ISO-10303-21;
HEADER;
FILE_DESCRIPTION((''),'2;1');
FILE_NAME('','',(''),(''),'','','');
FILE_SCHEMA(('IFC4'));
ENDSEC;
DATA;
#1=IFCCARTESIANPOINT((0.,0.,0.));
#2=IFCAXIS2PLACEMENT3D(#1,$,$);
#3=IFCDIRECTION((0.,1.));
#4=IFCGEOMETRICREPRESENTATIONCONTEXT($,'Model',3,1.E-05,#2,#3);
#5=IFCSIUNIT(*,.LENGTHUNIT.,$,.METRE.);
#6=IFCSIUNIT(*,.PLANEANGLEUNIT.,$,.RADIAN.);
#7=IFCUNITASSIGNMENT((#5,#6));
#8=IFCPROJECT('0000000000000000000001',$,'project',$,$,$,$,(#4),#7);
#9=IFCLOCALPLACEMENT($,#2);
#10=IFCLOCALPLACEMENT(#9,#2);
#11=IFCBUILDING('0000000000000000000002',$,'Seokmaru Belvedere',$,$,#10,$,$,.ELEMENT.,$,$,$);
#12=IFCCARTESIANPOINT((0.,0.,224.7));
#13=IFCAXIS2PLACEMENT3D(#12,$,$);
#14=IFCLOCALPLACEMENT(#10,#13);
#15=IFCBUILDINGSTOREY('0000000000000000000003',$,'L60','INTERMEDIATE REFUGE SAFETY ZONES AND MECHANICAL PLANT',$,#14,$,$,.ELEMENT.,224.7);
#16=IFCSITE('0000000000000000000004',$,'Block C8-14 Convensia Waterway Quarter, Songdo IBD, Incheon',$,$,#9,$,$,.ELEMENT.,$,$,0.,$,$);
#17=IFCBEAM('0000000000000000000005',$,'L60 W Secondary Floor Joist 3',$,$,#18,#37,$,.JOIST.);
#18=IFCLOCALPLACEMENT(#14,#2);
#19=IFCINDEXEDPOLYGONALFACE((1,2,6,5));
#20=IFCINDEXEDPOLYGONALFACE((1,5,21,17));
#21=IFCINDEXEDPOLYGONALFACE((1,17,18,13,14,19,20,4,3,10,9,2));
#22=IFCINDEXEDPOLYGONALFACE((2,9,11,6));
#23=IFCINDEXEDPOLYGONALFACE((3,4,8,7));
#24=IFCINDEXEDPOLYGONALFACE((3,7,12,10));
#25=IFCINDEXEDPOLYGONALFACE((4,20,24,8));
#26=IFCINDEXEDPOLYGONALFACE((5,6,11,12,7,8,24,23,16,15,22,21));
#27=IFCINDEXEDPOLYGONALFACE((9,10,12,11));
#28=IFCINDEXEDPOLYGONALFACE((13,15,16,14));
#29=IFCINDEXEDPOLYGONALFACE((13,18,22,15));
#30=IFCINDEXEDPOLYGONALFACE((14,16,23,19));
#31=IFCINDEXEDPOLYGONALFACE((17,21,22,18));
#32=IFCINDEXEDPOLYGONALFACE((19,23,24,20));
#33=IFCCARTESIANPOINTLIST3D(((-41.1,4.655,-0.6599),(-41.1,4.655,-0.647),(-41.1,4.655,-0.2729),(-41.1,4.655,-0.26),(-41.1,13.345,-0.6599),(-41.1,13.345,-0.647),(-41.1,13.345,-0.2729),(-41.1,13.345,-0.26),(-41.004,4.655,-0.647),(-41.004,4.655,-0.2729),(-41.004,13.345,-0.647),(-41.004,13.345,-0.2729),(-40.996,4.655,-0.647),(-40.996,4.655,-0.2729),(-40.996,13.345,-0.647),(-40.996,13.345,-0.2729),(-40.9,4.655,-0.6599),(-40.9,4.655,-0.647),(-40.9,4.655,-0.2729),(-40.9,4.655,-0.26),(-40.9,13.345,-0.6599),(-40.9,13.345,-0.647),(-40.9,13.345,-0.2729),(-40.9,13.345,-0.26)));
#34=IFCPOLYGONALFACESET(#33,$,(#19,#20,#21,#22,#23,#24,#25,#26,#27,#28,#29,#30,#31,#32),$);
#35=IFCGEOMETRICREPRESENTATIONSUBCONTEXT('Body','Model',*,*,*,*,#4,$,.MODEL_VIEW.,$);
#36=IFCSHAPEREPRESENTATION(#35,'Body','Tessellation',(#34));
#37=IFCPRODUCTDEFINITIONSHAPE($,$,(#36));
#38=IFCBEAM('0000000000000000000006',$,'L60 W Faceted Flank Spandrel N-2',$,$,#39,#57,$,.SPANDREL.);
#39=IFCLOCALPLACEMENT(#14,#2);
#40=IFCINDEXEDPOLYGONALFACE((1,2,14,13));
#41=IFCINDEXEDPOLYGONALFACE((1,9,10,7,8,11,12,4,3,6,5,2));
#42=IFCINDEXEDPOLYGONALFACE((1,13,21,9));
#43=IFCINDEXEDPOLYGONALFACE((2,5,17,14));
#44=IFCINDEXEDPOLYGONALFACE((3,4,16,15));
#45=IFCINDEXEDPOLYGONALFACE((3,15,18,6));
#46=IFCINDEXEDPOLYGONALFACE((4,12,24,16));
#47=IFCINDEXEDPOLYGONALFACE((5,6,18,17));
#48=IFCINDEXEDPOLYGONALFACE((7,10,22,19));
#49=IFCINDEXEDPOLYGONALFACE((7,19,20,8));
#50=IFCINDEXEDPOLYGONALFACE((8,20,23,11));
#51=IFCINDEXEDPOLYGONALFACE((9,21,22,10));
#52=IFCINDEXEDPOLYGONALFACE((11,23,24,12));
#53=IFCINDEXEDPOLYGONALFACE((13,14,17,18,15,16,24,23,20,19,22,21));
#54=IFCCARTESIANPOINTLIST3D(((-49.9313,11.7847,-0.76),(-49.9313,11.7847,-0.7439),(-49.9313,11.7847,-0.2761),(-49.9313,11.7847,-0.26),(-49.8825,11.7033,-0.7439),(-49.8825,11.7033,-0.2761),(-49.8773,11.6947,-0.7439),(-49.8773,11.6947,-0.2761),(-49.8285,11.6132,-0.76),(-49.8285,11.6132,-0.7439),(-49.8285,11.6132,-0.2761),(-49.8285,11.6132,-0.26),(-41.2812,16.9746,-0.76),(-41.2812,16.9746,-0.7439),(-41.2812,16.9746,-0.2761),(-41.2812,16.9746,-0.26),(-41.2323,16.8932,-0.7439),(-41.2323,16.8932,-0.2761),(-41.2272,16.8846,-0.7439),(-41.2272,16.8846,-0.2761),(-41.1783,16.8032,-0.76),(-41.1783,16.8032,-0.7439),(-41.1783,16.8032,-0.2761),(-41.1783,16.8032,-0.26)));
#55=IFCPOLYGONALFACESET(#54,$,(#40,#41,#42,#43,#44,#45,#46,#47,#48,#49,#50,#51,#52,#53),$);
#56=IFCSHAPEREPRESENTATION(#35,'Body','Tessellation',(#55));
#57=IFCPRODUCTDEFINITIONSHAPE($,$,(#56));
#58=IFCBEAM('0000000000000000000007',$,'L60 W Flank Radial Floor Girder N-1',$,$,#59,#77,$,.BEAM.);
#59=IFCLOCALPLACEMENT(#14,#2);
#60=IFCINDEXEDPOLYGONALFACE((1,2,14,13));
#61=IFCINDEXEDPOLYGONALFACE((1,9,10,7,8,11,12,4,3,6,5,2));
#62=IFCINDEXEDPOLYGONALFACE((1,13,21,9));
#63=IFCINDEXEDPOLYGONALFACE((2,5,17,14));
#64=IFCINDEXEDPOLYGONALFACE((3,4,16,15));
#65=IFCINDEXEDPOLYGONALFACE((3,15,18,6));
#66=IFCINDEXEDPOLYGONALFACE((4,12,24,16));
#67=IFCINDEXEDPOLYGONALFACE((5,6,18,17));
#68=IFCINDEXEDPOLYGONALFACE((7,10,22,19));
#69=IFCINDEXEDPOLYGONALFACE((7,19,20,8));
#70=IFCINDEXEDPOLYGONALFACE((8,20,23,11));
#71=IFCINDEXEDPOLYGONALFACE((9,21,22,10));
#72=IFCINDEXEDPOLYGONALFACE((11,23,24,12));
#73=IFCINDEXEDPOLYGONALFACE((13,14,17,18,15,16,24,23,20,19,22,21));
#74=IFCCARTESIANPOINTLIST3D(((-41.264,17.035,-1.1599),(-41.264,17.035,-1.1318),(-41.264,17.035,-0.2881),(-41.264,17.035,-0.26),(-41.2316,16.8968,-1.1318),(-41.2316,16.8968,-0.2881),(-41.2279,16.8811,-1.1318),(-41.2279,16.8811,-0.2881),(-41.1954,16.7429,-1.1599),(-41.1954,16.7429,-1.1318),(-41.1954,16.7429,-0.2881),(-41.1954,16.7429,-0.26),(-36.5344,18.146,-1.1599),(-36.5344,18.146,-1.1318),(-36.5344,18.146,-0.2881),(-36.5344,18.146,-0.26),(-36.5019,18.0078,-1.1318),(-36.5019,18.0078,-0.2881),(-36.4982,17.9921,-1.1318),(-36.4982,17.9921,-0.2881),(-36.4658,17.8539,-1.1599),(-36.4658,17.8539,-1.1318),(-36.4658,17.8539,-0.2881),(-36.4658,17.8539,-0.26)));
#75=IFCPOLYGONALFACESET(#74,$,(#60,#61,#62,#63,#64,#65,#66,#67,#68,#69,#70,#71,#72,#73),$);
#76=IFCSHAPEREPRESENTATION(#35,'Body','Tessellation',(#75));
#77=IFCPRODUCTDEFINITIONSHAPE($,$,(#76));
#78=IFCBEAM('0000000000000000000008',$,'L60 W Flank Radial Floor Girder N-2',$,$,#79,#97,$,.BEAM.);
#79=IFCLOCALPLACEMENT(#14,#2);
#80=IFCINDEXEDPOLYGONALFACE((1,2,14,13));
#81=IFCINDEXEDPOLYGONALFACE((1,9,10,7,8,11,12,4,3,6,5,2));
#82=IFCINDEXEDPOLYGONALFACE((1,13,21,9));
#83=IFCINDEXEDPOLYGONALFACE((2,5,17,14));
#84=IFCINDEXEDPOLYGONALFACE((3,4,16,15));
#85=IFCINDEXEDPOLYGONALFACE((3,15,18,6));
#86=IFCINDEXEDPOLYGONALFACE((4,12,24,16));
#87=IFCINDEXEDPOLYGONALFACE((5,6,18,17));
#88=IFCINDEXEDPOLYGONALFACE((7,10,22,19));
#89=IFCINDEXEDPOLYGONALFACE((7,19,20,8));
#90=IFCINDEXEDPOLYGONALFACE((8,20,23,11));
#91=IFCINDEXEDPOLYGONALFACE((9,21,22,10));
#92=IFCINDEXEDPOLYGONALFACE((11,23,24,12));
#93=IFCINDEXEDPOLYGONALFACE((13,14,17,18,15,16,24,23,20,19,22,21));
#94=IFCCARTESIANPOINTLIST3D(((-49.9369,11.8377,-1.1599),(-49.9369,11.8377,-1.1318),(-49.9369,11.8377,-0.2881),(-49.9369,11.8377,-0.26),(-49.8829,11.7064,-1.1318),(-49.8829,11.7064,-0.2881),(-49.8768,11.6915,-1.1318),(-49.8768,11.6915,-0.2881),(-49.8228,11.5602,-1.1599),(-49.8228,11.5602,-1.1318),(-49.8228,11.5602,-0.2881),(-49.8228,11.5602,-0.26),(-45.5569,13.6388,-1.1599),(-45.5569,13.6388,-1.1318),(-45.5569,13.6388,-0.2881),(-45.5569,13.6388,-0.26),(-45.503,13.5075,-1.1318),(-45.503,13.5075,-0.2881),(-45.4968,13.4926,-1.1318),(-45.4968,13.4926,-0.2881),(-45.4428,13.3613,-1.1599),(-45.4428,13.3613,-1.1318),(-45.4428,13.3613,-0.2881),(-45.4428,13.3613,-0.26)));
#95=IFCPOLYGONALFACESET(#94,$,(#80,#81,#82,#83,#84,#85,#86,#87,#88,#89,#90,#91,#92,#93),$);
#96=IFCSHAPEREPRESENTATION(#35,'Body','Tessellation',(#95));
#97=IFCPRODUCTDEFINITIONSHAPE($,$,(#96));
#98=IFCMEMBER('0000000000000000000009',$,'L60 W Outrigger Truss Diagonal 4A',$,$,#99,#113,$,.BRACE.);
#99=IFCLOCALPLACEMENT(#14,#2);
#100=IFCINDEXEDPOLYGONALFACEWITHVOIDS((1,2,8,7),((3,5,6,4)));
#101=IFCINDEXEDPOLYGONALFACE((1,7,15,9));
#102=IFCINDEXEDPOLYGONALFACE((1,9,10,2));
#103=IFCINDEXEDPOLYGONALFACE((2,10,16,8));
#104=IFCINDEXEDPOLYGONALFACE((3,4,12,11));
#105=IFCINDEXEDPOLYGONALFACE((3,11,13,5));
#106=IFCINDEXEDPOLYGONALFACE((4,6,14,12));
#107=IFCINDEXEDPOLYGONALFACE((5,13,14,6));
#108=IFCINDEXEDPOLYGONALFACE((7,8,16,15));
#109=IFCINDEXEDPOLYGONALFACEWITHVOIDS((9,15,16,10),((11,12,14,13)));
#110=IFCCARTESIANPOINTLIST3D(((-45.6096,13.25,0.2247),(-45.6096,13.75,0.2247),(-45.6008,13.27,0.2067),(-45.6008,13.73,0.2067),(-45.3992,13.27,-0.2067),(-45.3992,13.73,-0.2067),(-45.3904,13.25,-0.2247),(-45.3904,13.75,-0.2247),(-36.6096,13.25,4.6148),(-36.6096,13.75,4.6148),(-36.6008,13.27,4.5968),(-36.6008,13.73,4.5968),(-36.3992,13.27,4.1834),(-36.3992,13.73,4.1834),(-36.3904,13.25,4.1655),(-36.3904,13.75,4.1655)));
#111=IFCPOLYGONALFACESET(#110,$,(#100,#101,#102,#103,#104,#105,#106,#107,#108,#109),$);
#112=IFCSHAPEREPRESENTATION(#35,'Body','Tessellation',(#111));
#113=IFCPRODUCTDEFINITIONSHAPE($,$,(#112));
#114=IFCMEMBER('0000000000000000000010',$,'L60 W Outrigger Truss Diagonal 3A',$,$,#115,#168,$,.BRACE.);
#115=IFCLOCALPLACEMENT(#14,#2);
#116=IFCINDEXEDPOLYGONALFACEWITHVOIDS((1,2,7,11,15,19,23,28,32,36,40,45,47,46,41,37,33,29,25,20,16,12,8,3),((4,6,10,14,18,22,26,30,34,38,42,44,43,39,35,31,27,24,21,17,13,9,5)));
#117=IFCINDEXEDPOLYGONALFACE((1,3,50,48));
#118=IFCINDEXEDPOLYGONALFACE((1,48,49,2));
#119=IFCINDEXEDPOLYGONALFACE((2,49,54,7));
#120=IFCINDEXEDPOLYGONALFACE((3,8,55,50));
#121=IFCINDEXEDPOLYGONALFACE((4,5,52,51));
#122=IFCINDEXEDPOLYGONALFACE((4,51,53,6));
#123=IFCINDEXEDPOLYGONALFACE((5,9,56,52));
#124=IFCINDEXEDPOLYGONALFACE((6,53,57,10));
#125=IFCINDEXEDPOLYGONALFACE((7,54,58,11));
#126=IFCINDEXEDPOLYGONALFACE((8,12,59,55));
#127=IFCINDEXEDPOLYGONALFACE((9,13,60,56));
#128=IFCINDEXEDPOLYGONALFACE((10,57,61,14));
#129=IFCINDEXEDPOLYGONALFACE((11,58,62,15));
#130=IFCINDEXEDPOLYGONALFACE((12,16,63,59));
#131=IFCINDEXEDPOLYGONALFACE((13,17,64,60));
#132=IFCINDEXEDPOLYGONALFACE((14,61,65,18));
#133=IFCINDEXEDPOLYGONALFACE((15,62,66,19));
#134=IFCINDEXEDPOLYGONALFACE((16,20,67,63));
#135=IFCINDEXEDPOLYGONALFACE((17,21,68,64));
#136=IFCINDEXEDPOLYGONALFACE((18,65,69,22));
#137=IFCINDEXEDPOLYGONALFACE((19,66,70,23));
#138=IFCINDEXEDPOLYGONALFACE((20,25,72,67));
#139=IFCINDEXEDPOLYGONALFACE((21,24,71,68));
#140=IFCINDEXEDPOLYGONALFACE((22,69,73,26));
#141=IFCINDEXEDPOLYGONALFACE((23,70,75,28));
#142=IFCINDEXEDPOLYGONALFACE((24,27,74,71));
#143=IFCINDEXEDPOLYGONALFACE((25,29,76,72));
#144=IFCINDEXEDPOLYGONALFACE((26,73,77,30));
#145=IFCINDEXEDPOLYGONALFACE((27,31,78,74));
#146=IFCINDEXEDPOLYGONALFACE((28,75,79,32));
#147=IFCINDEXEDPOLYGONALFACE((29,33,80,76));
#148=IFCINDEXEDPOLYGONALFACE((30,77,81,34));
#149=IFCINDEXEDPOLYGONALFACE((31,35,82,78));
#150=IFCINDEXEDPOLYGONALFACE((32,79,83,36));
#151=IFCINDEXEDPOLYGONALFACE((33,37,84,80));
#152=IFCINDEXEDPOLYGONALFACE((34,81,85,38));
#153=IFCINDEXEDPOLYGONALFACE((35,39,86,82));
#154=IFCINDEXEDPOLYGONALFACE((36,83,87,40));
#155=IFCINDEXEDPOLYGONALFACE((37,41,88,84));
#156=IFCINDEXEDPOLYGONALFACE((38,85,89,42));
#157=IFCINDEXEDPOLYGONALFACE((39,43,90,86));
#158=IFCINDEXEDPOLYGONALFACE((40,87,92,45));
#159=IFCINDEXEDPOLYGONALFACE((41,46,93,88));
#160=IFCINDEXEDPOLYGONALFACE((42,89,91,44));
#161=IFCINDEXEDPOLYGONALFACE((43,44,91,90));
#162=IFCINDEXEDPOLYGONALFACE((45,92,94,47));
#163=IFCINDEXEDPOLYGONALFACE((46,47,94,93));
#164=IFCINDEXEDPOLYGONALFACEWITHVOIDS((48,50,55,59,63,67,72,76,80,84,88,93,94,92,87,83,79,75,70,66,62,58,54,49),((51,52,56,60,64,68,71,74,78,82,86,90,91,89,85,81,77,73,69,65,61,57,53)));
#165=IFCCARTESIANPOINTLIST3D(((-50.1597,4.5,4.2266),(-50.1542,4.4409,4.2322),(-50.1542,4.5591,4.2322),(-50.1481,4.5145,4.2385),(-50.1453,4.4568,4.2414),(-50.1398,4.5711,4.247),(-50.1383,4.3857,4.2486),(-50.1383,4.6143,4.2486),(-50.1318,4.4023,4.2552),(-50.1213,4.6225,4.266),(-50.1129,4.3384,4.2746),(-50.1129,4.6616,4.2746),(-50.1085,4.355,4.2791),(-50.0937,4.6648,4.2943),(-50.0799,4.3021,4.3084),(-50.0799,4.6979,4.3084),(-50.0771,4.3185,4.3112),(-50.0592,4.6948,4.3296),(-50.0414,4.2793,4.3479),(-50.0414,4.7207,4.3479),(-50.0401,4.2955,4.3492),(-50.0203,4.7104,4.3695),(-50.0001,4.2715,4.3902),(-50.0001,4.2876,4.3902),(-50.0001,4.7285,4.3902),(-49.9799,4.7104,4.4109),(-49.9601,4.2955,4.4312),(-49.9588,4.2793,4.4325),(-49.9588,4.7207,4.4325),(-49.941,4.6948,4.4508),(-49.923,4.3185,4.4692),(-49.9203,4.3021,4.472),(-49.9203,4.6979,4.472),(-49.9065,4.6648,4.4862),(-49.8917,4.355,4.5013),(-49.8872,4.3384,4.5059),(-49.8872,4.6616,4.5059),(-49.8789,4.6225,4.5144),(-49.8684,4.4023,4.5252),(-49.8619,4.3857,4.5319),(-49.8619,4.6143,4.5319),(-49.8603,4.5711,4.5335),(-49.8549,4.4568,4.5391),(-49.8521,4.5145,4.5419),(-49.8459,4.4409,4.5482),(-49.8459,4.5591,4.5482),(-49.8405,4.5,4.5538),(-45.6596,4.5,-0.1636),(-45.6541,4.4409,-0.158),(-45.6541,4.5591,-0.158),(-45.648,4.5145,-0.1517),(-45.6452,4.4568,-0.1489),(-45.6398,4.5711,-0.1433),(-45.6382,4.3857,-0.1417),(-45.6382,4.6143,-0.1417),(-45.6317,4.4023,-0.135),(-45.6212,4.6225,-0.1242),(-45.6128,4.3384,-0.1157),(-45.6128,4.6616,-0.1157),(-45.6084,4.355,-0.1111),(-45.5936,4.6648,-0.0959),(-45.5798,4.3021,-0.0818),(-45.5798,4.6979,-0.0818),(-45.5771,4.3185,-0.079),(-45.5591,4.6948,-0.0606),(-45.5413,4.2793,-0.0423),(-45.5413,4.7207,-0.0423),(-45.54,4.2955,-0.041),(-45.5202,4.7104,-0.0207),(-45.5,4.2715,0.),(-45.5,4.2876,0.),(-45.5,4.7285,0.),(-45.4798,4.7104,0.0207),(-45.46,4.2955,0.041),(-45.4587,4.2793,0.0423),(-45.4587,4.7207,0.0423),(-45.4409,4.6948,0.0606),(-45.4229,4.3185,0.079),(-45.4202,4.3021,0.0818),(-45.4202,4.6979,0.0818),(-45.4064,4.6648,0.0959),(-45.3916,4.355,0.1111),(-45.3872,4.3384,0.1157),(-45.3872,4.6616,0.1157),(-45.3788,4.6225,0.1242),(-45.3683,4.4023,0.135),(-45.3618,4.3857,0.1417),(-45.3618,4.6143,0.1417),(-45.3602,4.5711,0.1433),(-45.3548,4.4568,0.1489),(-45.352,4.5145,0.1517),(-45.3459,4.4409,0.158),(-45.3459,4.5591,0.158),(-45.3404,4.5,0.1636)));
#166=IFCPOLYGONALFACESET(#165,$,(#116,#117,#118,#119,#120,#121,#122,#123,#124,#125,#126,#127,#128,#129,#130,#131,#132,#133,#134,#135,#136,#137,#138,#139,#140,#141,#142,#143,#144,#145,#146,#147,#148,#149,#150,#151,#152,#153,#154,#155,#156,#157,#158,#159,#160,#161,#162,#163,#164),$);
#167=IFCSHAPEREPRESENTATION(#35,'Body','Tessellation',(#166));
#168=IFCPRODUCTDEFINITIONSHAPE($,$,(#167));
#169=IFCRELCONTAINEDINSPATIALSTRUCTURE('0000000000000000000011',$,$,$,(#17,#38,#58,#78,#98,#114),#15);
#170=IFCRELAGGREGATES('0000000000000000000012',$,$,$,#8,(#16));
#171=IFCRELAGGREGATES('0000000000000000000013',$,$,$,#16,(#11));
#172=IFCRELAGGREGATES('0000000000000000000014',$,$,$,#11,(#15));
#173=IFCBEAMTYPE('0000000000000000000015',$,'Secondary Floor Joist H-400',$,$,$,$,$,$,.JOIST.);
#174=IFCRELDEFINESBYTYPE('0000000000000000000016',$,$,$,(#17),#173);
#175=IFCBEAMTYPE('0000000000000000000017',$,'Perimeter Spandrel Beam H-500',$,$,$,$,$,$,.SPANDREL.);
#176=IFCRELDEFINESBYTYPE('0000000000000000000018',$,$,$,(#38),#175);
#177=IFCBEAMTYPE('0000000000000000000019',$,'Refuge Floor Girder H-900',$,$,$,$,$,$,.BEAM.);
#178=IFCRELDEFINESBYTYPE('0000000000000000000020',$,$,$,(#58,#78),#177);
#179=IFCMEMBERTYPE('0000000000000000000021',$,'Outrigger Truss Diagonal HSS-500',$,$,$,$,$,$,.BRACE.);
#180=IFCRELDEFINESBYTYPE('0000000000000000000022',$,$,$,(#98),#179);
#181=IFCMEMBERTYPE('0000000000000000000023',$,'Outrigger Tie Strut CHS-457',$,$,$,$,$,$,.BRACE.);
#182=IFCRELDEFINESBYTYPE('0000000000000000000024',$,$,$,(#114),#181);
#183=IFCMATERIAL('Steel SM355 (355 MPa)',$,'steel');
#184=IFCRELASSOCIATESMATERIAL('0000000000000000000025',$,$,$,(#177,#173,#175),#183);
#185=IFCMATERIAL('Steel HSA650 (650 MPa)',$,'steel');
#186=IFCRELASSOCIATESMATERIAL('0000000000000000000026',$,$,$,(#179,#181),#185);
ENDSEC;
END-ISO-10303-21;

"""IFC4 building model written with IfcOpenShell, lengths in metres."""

from ifc_helpers import new_model, si_unit, direction, frame, origin, origin_2d, place, context, subcontext, project, spatial, hollow_rectangle, hollow_circle, i_section, extrude, source, transform, mapped, material, material_profile, profile_set, type_object, type_shapes, element, save


model = new_model("IFC4")

# Units and contexts
model_context = context("Model", 3, precision=1e-05, world=origin(), true_north=direction((0.0, 1.0)))
body_context = subcontext(model_context, "Body", "Model", "MODEL_VIEW")
ifc_project = project(units=[si_unit("LENGTHUNIT", "METRE"), si_unit("PLANEANGLEUNIT", "RADIAN")], contexts=[model_context])

# Site, building, storey
site_placement = place(None, origin())
site = spatial("IfcSite", under=ifc_project, at=site_placement, Name="Block C8-14 Convensia Waterway Quarter, Songdo IBD, Incheon", CompositionType="ELEMENT", RefElevation=0.0)
building_placement = place(site_placement, origin())
building = spatial("IfcBuilding", under=site, at=building_placement, Name="Seokmaru Belvedere", CompositionType="ELEMENT")
storey_placement = place(building_placement, frame((0.0, 0.0, 224.7)))
storey = spatial("IfcBuildingStorey", under=building, at=storey_placement, Name="L60", Description="INTERMEDIATE REFUGE SAFETY ZONES AND MECHANICAL PLANT", CompositionType="ELEMENT", Elevation=224.7)

# Shared definitions
ifc_material_1 = material(Name="Steel SM355 (355 MPa)", Category="steel")

# Beams
ifc_material_profile_1 = material_profile(ifc_material_1, i_section(OverallWidth=0.3, OverallDepth=0.8999, WebThickness=0.0161, FlangeThickness=0.0281, at=origin_2d()), Name="H-900x300x16x28")
ifc_profile_set_1 = profile_set([ifc_material_profile_1], Name="Steel SM355 (355 MPa)")
beam_type_1 = type_object("IfcBeamType", Name="Refuge Floor Girder H-900", PredefinedType="BEAM", material=ifc_profile_set_1)
ifc_material_profile_2 = material_profile(ifc_material_1, i_section(OverallWidth=0.2, OverallDepth=0.3999, WebThickness=0.0081, FlangeThickness=0.0129, at=origin_2d()), Name="H-400x200x8x13")
ifc_profile_set_2 = profile_set([ifc_material_profile_2], Name="Steel SM355 (355 MPa)")
beam_type_2 = type_object("IfcBeamType", Name="Secondary Floor Joist H-400", PredefinedType="JOIST", material=ifc_profile_set_2)
shared_shape_1 = source(origin(), body_context, "Body", "SweptSolid", [
    extrude(i_section(OverallWidth=0.2, OverallDepth=0.3999, WebThickness=0.0081, FlangeThickness=0.0129, at=origin_2d()), origin(), (0.0, 0.0, 1.0), 8.6899),
])
type_shapes(beam_type_2, [shared_shape_1])
for number, where, z_axis, x_axis, name in (
    (1, (-41.0, 4.655, -0.46), (0.0, 1.0, 0.0), (-1.0, 0.0, 0.0), "L60 W Secondary Floor Joist 3"),
):
    element("IfcBeam", number, at=place(storey_placement, frame(where, z_axis=z_axis, x_axis=x_axis)), inside=storey, type_object=beam_type_2, Name=name, PredefinedType="JOIST", context=body_context, shape_type="MappedRepresentation", body=[
        mapped(shared_shape_1, transform((0.0, 0.0, 0.0), scale=1.0)),
    ])
ifc_material_profile_3 = material_profile(ifc_material_1, i_section(OverallWidth=0.2, OverallDepth=0.5, WebThickness=0.01, FlangeThickness=0.0161, at=origin_2d()), Name="H-500x200x10x16")
ifc_profile_set_3 = profile_set([ifc_material_profile_3], Name="Steel SM355 (355 MPa)")
beam_type_3 = type_object("IfcBeamType", Name="Perimeter Spandrel Beam H-500", PredefinedType="SPANDREL", material=ifc_profile_set_3)
shared_shape_2 = source(origin(), body_context, "Body", "SweptSolid", [
    extrude(i_section(OverallWidth=0.2, OverallDepth=0.5, WebThickness=0.01, FlangeThickness=0.0161, at=origin_2d()), origin(), (0.0, 0.0, 1.0), 10.0876),
])
type_shapes(beam_type_3, [shared_shape_2])
beam_1_placement = place(storey_placement, frame((-41.2297, 16.8889, -0.51), z_axis=(-0.857499, -0.514485, 0.0), x_axis=(0.514485, -0.857499, 0.0)))
element("IfcBeam", 2, at=beam_1_placement, inside=storey, type_object=beam_type_3, Name="L60 W Faceted Flank Spandrel N-2", PredefinedType="SPANDREL", context=body_context, shape_type="MappedRepresentation", body=[
    mapped(shared_shape_2, transform((0.0, 0.0, 0.0), scale=1.0)),
])
shared_shape_3 = source(origin(), body_context, "Body", "SweptSolid", [
    extrude(i_section(OverallWidth=0.3, OverallDepth=0.8999, WebThickness=0.0161, FlangeThickness=0.0281, at=origin_2d()), origin(), (0.0, 0.0, 1.0), 4.8584),
])
beam_2_placement = place(storey_placement, frame((-41.2297, 16.8889, -0.71), z_axis=(0.973499, 0.228689, 0.0), x_axis=(-0.228689, 0.973499, 0.0)))
element("IfcBeam", 3, at=beam_2_placement, inside=storey, type_object=beam_type_1, Name="L60 W Flank Radial Floor Girder N-1", PredefinedType="BEAM", context=body_context, shape_type="MappedRepresentation", body=[
    mapped(shared_shape_3, transform((0.0, 0.0, 0.0), scale=1.0)),
])
shared_shape_4 = source(origin(), body_context, "Body", "SweptSolid", [
    extrude(i_section(OverallWidth=0.3, OverallDepth=0.8999, WebThickness=0.0161, FlangeThickness=0.0281, at=origin_2d()), origin(), (0.0, 0.0, 1.0), 4.7358),
])
beam_3_placement = place(storey_placement, frame((-49.8799, 11.699, -0.71), z_axis=(0.924861, 0.380306, 0.0), x_axis=(-0.380306, 0.924861, 0.0)))
element("IfcBeam", 4, at=beam_3_placement, inside=storey, type_object=beam_type_1, Name="L60 W Flank Radial Floor Girder N-2", PredefinedType="BEAM", context=body_context, shape_type="MappedRepresentation", body=[
    mapped(shared_shape_4, transform((0.0, 0.0, 0.0), scale=1.0)),
])

# Members
ifc_material_2 = material(Name="Steel HSA650 (650 MPa)", Category="steel")
ifc_material_profile_4 = material_profile(ifc_material_2, hollow_rectangle(XDim=0.5, YDim=0.5, WallThickness=0.02, at=origin_2d()), Name="HSS-500x500x20")
ifc_profile_set_4 = profile_set([ifc_material_profile_4], Name="Steel HSA650 (650 MPa)")
member_type_1 = type_object("IfcMemberType", Name="Outrigger Truss Diagonal HSS-500", PredefinedType="BRACE", material=ifc_profile_set_4)
shared_shape_5 = source(origin(), body_context, "Body", "SweptSolid", [
    extrude(hollow_rectangle(XDim=0.5, YDim=0.5, WallThickness=0.02, at=origin_2d()), origin(), (0.0, 0.0, 1.0), 10.0137),
])
type_shapes(member_type_1, [shared_shape_5])
member_1_placement = place(storey_placement, frame((-45.5, 13.5, 0.0), z_axis=(0.898773, 0.0, 0.438415), x_axis=(0.0, 1.0, 0.0)))
element("IfcMember", 5, at=member_1_placement, inside=storey, type_object=member_type_1, Name="L60 W Outrigger Truss Diagonal 4A", PredefinedType="BRACE", context=body_context, shape_type="MappedRepresentation", body=[
    mapped(shared_shape_5, transform((0.0, 0.0, 0.0), scale=1.0)),
])
ifc_material_profile_5 = material_profile(ifc_material_2, hollow_circle(Radius=0.2285, WallThickness=0.0161, at=origin_2d()), Name="CHS-457.2x16.0")
ifc_profile_set_5 = profile_set([ifc_material_profile_5], Name="Steel HSA650 (650 MPa)")
member_type_2 = type_object("IfcMemberType", Name="Outrigger Tie Strut CHS-457", PredefinedType="BRACE", material=ifc_profile_set_5)
shared_shape_6 = source(origin(), body_context, "Body", "SweptSolid", [
    extrude(hollow_circle(Radius=0.2285, WallThickness=0.0161, at=origin_2d()), origin(), (0.0, 0.0, 1.0), 6.2869),
])
type_shapes(member_type_2, [shared_shape_6])
member_2_placement = place(storey_placement, frame((-45.5, 4.5, 0.0), z_axis=(-0.71579, 0.0, 0.698315), x_axis=(0.0, -1.0, 0.0)))
element("IfcMember", 6, at=member_2_placement, inside=storey, type_object=member_type_2, Name="L60 W Outrigger Truss Diagonal 3A", PredefinedType="BRACE", context=body_context, shape_type="MappedRepresentation", body=[
    mapped(shared_shape_6, transform((0.0, 0.0, 0.0), scale=1.0)),
])

save(model, "model.ifc")
